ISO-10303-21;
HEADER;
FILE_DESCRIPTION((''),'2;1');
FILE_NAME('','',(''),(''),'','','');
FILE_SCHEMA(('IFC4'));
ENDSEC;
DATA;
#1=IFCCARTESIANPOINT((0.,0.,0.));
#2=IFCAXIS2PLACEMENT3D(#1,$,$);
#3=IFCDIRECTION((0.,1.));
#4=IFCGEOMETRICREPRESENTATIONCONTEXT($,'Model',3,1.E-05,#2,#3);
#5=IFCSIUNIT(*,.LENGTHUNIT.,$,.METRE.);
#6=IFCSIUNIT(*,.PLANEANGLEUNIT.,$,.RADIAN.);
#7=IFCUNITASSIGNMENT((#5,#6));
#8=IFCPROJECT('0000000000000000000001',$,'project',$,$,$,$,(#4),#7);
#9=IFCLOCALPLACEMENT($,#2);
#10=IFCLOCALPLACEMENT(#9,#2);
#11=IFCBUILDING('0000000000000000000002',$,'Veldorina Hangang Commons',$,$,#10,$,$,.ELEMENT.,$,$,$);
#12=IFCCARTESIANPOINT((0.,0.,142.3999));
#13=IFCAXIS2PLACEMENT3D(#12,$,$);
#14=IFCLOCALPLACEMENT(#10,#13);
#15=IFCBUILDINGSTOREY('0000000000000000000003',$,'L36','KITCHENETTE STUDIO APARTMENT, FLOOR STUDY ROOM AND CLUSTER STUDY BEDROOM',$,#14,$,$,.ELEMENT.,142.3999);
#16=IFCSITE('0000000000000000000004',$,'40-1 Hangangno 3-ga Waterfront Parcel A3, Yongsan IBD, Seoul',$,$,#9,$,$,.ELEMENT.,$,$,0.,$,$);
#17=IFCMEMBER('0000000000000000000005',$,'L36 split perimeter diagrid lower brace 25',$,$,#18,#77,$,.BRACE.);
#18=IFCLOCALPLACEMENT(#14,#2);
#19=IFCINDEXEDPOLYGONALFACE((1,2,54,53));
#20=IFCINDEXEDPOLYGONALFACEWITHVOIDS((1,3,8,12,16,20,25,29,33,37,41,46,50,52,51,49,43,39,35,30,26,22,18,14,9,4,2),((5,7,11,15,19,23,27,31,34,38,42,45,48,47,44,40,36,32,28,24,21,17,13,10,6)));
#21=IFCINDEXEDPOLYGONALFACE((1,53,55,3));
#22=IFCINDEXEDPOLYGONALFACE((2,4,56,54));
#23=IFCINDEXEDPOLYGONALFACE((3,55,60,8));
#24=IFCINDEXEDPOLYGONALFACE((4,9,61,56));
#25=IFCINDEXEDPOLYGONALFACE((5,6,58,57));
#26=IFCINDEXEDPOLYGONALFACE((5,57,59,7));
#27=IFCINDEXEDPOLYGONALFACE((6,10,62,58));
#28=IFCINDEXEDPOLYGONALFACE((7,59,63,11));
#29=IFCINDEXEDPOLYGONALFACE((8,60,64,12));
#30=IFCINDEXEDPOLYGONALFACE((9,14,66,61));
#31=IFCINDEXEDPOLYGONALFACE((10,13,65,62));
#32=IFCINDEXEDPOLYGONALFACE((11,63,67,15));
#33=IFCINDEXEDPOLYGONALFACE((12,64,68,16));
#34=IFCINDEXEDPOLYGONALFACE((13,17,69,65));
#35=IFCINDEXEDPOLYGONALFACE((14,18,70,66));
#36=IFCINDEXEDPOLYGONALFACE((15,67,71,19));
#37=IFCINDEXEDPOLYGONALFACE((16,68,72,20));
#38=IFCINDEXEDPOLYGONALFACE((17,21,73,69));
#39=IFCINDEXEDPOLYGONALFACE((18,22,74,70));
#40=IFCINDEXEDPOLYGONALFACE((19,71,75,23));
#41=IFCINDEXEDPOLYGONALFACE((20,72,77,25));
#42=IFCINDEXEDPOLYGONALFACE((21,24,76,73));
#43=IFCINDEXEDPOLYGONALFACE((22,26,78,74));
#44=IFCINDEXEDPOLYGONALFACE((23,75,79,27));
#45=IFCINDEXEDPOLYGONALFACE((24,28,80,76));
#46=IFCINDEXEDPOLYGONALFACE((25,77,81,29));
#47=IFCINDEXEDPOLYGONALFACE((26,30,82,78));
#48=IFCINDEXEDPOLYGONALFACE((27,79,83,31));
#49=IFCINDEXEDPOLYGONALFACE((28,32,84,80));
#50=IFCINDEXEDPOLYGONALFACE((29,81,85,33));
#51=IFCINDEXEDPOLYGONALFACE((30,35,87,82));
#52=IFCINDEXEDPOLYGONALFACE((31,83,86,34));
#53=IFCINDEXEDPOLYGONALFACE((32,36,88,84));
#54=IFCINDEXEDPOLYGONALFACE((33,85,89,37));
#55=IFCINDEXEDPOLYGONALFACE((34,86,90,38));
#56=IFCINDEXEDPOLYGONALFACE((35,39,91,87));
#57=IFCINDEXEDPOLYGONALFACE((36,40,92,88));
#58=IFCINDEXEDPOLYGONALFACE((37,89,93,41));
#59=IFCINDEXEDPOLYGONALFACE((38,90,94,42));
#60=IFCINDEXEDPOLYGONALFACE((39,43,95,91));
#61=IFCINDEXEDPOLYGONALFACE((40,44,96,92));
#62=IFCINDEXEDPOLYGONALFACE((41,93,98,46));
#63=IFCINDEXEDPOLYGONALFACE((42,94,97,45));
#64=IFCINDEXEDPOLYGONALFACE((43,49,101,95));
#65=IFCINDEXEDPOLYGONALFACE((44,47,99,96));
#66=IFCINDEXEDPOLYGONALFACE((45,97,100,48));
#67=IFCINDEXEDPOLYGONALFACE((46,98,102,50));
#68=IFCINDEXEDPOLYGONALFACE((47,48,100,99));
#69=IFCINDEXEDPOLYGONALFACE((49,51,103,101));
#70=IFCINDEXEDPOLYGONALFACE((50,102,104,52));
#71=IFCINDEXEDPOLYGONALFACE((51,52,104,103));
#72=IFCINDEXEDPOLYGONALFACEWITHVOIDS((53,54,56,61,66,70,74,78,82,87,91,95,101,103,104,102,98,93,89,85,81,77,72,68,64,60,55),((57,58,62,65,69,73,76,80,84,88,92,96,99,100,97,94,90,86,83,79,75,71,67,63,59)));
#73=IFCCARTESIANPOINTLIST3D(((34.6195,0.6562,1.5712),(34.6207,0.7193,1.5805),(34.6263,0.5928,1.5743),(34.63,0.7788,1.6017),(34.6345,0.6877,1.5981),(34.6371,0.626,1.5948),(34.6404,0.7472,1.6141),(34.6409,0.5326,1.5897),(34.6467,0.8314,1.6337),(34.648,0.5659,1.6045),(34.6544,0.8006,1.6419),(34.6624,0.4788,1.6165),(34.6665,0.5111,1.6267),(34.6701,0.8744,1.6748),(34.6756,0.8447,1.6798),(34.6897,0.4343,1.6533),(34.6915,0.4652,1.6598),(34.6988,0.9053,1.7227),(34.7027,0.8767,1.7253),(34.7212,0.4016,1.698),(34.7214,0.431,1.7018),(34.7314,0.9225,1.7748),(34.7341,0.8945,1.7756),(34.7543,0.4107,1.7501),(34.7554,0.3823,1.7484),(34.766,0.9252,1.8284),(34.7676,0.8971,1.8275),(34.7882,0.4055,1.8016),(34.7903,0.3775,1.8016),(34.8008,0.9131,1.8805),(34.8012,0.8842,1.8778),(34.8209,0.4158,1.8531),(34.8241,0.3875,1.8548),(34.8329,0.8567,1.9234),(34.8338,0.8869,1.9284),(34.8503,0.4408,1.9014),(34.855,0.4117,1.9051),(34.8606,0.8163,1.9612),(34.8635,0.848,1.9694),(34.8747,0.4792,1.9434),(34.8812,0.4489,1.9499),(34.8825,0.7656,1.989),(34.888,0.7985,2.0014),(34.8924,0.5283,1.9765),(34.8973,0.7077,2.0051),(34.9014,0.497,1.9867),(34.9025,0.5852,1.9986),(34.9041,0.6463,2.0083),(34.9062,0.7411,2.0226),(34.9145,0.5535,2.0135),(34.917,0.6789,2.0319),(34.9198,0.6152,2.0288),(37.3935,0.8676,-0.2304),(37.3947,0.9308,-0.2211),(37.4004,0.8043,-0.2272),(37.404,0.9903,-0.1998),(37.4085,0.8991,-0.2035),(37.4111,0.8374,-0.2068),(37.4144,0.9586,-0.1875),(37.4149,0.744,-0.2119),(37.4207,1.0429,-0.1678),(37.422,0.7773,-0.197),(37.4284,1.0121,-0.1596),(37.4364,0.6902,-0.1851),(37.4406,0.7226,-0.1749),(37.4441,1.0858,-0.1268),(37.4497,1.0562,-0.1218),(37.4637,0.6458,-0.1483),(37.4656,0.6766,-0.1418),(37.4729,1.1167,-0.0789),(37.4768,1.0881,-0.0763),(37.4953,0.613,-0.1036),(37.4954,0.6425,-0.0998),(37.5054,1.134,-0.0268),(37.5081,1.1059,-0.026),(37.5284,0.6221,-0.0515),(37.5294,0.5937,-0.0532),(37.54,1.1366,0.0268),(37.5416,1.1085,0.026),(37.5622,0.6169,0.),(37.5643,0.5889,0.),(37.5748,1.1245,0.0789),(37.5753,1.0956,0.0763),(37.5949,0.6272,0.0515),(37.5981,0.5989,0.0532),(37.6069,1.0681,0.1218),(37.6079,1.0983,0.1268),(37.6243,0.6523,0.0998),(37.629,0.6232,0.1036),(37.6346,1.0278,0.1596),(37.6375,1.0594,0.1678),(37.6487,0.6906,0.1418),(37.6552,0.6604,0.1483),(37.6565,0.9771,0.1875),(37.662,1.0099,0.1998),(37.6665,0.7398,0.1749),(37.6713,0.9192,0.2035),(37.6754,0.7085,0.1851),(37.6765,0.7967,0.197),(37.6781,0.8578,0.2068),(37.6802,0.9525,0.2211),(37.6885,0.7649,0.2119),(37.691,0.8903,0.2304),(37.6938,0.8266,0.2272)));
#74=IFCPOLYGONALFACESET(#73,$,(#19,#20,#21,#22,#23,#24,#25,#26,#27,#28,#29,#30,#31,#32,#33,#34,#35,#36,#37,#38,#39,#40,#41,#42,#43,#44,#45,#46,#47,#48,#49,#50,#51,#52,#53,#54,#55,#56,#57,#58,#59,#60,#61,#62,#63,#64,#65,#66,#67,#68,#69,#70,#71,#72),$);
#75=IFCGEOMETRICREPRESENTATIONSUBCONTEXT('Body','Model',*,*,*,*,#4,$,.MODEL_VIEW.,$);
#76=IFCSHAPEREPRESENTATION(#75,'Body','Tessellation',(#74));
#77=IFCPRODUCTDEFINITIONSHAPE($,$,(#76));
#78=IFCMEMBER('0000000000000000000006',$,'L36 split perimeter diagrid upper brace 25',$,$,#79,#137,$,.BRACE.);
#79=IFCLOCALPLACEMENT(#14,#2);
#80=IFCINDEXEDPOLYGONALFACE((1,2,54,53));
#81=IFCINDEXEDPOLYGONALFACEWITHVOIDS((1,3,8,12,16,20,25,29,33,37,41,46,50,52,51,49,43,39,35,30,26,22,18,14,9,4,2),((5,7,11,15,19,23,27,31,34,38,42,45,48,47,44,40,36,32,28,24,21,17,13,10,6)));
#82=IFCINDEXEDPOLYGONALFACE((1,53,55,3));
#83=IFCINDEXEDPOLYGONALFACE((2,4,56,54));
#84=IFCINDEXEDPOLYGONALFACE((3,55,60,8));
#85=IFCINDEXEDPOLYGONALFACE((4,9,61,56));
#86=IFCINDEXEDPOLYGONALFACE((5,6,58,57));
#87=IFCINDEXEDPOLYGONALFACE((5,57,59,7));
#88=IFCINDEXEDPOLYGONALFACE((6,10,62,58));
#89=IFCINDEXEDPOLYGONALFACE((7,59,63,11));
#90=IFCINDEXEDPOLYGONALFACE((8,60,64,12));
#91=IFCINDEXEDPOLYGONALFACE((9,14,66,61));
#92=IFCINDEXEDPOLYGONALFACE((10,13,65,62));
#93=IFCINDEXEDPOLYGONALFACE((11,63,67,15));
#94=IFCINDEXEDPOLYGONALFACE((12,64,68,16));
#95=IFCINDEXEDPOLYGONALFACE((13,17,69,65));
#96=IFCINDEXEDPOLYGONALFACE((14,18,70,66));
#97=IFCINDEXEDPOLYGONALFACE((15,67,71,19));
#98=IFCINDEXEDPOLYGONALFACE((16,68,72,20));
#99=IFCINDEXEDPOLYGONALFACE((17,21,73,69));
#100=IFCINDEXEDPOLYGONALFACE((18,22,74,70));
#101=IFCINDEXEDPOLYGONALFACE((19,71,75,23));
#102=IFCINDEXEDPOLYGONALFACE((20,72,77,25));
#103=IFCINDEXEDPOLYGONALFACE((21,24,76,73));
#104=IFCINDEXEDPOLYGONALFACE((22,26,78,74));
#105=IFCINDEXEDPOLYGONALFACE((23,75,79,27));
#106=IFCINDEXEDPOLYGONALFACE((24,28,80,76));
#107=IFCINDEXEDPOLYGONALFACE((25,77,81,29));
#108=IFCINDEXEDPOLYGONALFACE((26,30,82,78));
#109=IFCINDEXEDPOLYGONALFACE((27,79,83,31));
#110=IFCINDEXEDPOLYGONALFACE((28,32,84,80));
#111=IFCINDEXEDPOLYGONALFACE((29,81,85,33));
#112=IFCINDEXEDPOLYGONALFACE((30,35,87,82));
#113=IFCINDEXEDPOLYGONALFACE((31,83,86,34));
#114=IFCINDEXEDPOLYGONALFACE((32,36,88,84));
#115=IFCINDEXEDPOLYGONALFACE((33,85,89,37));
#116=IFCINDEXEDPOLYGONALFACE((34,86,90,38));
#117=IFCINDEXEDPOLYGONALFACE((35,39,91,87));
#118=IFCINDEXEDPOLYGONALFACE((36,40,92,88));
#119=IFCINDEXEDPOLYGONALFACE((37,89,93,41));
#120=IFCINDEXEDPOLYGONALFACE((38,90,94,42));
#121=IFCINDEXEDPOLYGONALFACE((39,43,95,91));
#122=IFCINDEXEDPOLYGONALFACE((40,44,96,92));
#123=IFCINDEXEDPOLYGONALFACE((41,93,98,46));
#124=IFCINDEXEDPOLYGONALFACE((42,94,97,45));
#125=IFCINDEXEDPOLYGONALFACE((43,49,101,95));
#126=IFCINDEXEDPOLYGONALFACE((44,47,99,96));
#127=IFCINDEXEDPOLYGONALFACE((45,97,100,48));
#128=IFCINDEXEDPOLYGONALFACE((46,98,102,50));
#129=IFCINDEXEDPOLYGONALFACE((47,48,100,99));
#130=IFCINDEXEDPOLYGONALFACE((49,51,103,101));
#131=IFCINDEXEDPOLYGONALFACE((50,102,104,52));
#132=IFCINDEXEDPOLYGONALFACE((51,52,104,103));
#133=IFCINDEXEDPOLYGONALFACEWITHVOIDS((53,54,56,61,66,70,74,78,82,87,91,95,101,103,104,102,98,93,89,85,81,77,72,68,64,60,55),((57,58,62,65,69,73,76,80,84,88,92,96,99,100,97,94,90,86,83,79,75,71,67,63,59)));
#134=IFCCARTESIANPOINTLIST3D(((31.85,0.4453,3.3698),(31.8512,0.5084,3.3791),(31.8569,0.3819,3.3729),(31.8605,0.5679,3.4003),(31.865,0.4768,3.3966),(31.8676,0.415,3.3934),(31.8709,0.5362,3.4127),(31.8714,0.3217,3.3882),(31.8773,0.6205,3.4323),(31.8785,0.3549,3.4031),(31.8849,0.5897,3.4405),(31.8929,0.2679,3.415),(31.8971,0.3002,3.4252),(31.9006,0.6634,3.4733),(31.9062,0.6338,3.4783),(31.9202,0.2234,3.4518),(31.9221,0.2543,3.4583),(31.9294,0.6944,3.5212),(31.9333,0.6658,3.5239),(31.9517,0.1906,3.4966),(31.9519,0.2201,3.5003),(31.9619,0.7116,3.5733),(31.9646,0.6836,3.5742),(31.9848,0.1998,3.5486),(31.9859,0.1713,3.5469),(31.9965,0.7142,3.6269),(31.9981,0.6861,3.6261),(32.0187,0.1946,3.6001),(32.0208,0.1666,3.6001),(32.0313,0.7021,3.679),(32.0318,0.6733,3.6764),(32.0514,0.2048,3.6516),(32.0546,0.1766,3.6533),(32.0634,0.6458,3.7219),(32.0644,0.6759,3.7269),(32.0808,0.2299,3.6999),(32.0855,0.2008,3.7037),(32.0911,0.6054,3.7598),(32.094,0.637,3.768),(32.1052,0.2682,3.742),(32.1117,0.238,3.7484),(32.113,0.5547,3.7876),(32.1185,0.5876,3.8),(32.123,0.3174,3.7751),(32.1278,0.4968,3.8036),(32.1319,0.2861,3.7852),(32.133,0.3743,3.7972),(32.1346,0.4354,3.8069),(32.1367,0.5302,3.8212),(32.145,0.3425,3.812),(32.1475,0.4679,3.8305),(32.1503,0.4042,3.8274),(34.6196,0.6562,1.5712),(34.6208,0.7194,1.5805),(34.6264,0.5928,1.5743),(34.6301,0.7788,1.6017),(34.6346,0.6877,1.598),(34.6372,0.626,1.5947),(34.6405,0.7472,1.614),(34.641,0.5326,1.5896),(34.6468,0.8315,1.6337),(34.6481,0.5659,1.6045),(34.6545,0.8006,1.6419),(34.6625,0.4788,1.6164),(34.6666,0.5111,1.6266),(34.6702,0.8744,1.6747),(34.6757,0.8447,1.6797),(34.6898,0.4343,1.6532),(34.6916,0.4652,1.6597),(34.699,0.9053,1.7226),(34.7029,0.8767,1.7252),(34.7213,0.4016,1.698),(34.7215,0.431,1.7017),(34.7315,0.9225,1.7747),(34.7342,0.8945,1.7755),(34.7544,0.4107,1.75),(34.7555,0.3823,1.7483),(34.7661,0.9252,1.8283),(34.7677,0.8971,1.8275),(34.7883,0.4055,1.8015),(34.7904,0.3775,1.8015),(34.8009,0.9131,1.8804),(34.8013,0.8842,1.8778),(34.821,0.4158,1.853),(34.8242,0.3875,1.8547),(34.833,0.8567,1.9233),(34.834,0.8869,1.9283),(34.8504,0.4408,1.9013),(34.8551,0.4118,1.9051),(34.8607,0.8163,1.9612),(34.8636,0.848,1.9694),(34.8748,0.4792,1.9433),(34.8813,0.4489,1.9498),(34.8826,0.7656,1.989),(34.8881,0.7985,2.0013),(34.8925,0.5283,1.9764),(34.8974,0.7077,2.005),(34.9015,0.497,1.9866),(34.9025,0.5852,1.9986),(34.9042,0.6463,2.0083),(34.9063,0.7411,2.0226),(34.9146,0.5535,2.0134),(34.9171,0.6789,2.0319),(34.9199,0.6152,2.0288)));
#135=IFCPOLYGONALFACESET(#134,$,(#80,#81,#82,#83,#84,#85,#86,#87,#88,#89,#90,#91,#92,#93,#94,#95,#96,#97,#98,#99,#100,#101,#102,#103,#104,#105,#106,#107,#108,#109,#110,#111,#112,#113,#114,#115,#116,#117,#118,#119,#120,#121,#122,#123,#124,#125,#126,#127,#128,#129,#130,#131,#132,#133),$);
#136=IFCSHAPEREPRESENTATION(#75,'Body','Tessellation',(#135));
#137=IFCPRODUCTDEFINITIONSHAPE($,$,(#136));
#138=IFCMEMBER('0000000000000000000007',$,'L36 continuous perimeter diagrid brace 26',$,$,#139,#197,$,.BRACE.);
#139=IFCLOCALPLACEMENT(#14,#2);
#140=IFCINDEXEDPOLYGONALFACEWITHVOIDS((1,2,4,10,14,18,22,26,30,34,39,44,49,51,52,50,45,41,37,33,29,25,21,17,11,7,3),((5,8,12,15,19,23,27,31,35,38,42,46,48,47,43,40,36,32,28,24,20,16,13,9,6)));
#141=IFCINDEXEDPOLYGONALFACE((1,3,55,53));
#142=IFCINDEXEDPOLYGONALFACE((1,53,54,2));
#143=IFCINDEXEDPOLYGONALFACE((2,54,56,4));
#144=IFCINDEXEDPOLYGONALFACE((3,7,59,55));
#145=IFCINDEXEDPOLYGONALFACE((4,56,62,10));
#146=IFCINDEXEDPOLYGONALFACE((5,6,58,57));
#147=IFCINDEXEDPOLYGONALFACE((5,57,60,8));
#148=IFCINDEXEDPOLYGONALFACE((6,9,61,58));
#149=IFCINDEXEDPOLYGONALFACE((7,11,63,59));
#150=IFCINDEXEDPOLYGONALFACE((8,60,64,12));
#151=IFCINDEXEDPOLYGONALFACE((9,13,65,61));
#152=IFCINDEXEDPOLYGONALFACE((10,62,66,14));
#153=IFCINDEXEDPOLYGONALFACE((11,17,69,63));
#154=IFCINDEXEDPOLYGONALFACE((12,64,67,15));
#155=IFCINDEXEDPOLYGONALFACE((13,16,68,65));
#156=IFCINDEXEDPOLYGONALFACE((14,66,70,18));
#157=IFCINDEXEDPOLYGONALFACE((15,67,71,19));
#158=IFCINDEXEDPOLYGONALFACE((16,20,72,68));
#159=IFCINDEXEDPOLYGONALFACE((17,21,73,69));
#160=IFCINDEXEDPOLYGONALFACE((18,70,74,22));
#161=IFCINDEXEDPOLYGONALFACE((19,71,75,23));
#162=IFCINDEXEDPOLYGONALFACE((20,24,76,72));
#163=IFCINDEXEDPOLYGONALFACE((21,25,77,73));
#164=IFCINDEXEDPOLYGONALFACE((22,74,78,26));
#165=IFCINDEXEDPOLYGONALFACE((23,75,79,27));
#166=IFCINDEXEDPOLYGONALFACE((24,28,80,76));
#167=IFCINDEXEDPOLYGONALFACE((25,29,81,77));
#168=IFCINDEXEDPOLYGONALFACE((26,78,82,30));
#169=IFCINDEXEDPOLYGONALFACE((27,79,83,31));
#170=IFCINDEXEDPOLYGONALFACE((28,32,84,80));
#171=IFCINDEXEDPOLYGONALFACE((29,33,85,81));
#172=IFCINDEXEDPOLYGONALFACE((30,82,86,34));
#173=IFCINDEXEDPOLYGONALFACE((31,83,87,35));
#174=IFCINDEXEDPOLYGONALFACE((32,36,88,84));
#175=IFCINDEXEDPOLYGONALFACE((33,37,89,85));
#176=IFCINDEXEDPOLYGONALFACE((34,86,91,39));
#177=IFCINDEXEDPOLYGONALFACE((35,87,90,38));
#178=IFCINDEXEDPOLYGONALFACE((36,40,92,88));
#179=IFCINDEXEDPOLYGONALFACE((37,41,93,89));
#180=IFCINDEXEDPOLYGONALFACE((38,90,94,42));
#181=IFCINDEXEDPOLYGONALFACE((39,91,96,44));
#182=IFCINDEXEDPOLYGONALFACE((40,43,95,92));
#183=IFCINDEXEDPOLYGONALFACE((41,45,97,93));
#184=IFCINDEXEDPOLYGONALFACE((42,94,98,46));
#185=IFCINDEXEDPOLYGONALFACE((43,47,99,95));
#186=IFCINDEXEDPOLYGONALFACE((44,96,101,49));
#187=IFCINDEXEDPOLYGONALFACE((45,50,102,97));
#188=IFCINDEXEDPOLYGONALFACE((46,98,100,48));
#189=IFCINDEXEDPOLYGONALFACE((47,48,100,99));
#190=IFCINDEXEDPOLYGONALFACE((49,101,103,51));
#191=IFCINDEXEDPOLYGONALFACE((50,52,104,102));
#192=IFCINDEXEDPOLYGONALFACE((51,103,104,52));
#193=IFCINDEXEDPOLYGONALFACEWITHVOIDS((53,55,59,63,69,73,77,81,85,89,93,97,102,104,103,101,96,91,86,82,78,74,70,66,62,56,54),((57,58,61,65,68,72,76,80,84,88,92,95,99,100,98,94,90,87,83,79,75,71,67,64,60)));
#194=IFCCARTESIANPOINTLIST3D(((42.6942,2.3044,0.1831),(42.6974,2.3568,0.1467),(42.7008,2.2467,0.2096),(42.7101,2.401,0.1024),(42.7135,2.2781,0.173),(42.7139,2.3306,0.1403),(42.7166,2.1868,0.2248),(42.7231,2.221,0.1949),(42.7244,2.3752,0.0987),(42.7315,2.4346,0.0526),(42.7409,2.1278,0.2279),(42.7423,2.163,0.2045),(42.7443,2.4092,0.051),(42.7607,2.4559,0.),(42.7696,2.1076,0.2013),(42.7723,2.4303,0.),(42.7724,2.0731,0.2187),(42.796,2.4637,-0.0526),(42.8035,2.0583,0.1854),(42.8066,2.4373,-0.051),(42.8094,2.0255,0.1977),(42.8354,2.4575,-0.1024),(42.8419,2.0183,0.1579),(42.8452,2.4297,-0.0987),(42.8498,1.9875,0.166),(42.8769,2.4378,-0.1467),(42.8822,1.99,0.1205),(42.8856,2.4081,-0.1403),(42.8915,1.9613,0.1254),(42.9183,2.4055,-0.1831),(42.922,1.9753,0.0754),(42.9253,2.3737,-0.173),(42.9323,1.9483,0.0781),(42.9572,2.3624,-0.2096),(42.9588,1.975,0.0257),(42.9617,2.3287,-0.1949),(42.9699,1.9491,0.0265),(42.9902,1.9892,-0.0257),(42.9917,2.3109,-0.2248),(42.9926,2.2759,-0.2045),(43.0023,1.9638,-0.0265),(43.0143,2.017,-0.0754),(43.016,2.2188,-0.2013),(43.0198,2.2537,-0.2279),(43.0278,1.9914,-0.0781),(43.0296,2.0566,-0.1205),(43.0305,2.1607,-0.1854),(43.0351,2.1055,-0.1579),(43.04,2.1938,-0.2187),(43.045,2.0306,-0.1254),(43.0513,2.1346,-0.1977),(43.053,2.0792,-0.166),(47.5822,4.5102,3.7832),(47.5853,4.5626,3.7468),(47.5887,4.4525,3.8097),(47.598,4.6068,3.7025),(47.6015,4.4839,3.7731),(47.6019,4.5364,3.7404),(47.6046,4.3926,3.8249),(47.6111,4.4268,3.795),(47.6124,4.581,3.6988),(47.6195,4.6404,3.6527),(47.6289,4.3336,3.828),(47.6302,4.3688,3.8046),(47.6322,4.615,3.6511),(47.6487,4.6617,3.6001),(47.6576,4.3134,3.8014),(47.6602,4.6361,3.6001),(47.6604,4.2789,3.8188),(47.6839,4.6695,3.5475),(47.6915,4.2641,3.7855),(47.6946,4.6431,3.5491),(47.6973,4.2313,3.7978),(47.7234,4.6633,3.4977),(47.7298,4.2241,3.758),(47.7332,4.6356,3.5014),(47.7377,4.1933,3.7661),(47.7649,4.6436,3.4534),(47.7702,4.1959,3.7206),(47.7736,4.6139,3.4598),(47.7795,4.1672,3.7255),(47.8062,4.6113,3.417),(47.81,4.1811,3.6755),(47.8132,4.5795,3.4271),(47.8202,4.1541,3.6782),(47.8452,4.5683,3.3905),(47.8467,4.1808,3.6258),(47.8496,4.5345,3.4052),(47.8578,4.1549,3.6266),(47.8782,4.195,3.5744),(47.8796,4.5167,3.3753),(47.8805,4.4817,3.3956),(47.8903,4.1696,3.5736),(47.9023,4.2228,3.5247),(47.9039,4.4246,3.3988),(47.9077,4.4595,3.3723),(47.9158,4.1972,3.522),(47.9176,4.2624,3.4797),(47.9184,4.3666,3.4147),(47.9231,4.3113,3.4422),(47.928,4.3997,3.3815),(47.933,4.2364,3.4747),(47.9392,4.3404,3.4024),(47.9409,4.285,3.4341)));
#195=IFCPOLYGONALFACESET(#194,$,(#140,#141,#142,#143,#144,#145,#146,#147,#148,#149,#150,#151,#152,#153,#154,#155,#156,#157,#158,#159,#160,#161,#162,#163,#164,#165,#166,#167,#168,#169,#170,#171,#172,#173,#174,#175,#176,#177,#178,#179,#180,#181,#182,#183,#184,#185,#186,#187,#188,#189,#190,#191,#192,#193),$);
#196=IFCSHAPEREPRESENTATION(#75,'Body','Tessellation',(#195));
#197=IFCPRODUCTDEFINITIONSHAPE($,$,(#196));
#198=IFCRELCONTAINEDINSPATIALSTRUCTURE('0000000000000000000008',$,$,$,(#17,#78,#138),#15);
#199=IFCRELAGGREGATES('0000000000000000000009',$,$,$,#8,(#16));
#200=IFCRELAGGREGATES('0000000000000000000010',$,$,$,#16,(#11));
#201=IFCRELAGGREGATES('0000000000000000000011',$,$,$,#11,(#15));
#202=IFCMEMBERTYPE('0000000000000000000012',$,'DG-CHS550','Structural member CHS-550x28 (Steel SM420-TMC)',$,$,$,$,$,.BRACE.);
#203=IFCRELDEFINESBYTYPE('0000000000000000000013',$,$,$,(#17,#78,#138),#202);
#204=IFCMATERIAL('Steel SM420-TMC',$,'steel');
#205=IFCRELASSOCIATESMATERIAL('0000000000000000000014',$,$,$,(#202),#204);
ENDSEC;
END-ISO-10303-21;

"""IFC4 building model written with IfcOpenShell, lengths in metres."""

from ifc_helpers import new_model, si_unit, direction, frame, origin, origin_2d, place, context, subcontext, project, spatial, hollow_circle, extrude, material, material_profile, profile_set, type_object, element, save


model = new_model("IFC4")

# Units and contexts
model_context = context("Model", 3, precision=1e-05, world=origin(), true_north=direction((0.0, 1.0)))
body_context = subcontext(model_context, "Body", "Model", "MODEL_VIEW")
ifc_project = project(units=[si_unit("LENGTHUNIT", "METRE"), si_unit("PLANEANGLEUNIT", "RADIAN")], contexts=[model_context])

# Site, building, storey
site_placement = place(None, origin())
site = spatial("IfcSite", under=ifc_project, at=site_placement, Name="40-1 Hangangno 3-ga Waterfront Parcel A3, Yongsan IBD, Seoul", CompositionType="ELEMENT", RefElevation=0.0)
building_placement = place(site_placement, origin())
building = spatial("IfcBuilding", under=site, at=building_placement, Name="Veldorina Hangang Commons", CompositionType="ELEMENT")
storey_placement = place(building_placement, frame((0.0, 0.0, 142.3999)))
storey = spatial("IfcBuildingStorey", under=building, at=storey_placement, Name="L36", Description="KITCHENETTE STUDIO APARTMENT, FLOOR STUDY ROOM AND CLUSTER STUDY BEDROOM", CompositionType="ELEMENT", Elevation=142.3999)

# Shared definitions
ifc_material_1 = material(Name="Steel SM420-TMC", Category="steel")

# Members
ifc_material_profile_1 = material_profile(ifc_material_1, hollow_circle(Radius=0.2749, WallThickness=0.0281, at=origin_2d()), Name="CHS-550x28")
ifc_profile_set_1 = profile_set([ifc_material_profile_1], Name="Steel SM420-TMC")
member_type_1 = type_object("IfcMemberType", Name="DG-CHS550", Description="Structural member CHS-550x28 (Steel SM420-TMC)", PredefinedType="BRACE", material=ifc_profile_set_1)
member_1_placement = place(storey_placement, frame((37.5435, 0.863, 0.0), z_axis=(-0.836948, -0.063791, 0.543552), x_axis=(0.075999, -0.997108, 0.0)))
element("IfcMember", 1, at=member_1_placement, inside=storey, type_object=member_type_1, Name="L36 split perimeter diagrid lower brace 25", PredefinedType="BRACE", context=body_context, shape_type="SweptSolid", body=[
    extrude(hollow_circle(Radius=0.2749, WallThickness=0.0281, at=origin_2d()), origin(), (0.0, 0.0, 1.0), 3.3145),
])
member_2_placement = place(storey_placement, frame((34.7695, 0.6516, 1.8015), z_axis=(-0.836961, -0.063746, 0.543538), x_axis=(0.075944, -0.997112, 0.0)))
element("IfcMember", 2, at=member_2_placement, inside=storey, type_object=member_type_1, Name="L36 split perimeter diagrid upper brace 25", PredefinedType="BRACE", context=body_context, shape_type="SweptSolid", body=[
    extrude(hollow_circle(Radius=0.2749, WallThickness=0.0281, at=origin_2d()), origin(), (0.0, 0.0, 1.0), 3.3091),
])
member_3_placement = place(storey_placement, frame((42.8738, 2.2053, 0.0), z_axis=(0.756768, 0.341511, 0.55738), x_axis=(-0.411332, 0.911486, 0.0)))
element("IfcMember", 3, at=member_3_placement, inside=storey, type_object=member_type_1, Name="L36 continuous perimeter diagrid brace 26", PredefinedType="BRACE", context=body_context, shape_type="SweptSolid", body=[
    extrude(hollow_circle(Radius=0.2749, WallThickness=0.0281, at=origin_2d()), origin(), (0.0, 0.0, 1.0), 6.459),
])

save(model, "model.ifc")
